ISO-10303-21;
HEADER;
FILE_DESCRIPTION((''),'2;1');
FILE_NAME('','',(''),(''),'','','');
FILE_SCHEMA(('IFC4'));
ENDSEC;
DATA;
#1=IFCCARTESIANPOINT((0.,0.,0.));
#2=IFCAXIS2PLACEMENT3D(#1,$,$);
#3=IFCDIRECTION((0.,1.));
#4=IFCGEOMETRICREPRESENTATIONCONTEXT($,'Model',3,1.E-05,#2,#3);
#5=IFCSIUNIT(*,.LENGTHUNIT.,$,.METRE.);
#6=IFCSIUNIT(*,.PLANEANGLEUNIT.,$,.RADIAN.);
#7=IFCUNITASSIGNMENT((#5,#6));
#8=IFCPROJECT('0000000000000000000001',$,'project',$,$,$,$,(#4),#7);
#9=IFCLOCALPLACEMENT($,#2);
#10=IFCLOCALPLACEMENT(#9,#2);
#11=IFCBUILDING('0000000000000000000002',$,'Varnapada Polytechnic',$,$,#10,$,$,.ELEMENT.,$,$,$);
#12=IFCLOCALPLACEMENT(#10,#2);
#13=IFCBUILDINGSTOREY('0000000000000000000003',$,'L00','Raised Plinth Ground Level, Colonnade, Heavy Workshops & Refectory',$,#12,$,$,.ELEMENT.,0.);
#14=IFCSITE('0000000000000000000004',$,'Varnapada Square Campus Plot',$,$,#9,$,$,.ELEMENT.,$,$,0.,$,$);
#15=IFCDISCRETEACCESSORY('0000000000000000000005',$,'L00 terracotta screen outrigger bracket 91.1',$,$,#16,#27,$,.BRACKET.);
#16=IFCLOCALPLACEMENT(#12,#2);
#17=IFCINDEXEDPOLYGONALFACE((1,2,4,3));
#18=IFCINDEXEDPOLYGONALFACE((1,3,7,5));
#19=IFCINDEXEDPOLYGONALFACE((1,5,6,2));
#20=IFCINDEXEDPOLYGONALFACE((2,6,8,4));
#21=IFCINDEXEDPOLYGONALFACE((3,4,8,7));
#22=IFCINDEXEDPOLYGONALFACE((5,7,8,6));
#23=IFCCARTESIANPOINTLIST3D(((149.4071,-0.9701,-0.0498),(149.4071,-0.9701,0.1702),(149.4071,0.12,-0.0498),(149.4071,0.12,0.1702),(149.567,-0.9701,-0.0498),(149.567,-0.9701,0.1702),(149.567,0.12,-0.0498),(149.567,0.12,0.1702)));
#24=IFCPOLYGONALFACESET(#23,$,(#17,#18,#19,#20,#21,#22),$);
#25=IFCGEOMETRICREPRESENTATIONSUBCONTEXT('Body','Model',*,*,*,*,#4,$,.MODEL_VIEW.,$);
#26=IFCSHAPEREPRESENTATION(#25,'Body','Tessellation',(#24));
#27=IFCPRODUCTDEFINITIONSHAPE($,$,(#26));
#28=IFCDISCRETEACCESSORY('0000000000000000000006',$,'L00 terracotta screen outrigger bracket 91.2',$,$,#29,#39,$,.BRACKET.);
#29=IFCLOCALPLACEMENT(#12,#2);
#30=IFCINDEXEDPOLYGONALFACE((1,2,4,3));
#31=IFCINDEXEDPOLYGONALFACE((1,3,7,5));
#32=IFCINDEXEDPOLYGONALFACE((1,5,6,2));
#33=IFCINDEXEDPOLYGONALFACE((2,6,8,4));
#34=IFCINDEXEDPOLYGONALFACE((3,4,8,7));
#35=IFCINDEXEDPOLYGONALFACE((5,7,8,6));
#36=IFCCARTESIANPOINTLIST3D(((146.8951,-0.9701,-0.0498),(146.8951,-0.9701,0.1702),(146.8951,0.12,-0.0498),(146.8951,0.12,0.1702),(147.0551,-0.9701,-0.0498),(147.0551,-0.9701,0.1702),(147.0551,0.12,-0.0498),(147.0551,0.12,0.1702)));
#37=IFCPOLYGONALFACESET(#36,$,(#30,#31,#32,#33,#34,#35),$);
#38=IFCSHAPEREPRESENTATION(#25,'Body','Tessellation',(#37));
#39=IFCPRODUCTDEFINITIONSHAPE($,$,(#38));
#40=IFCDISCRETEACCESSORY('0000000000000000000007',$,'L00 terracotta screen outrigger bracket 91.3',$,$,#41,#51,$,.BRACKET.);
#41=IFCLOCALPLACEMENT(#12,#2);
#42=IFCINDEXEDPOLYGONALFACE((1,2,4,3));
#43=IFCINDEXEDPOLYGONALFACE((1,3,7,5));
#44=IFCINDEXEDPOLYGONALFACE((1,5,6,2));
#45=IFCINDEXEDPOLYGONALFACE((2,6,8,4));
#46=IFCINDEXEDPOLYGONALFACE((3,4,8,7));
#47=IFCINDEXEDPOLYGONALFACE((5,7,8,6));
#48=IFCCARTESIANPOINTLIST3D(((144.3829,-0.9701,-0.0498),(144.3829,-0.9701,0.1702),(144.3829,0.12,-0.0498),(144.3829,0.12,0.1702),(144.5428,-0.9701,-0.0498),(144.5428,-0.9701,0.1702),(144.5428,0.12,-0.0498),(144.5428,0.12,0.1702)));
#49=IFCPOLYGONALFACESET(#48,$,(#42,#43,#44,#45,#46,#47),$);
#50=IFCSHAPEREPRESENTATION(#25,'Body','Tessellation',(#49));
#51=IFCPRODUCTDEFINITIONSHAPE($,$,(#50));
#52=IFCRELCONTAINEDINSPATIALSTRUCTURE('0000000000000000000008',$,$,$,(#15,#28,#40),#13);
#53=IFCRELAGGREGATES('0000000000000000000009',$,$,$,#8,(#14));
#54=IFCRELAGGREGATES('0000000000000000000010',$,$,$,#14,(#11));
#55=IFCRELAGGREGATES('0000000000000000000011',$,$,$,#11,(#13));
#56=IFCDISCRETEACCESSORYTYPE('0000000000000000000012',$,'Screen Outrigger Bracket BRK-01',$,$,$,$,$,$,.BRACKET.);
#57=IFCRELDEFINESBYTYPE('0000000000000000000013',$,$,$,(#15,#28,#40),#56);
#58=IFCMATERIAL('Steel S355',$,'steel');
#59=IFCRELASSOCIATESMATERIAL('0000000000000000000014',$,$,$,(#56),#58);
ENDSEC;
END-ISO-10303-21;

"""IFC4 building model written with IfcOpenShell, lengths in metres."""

from ifc_helpers import new_model, si_unit, direction, frame, origin, origin_2d, place, context, subcontext, project, spatial, rectangle, extrude, material, type_object, element, save


model = new_model("IFC4")

# Units and contexts
model_context = context("Model", 3, precision=1e-05, world=origin(), true_north=direction((0.0, 1.0)))
body_context = subcontext(model_context, "Body", "Model", "MODEL_VIEW")
ifc_project = project(units=[si_unit("LENGTHUNIT", "METRE"), si_unit("PLANEANGLEUNIT", "RADIAN")], contexts=[model_context])

# Site, building, storey
site_placement = place(None, origin())
site = spatial("IfcSite", under=ifc_project, at=site_placement, Name="Varnapada Square Campus Plot", CompositionType="ELEMENT", RefElevation=0.0)
building_placement = place(site_placement, origin())
building = spatial("IfcBuilding", under=site, at=building_placement, Name="Varnapada Polytechnic", CompositionType="ELEMENT")
storey_placement = place(building_placement, origin())
storey = spatial("IfcBuildingStorey", under=building, at=storey_placement, Name="L00", Description="Raised Plinth Ground Level, Colonnade, Heavy Workshops & Refectory", CompositionType="ELEMENT", Elevation=0.0)

# Discrete accessories
ifc_material_1 = material(Name="Steel S355", Category="steel")
discrete_accessory_type = type_object("IfcDiscreteAccessoryType", Name="Screen Outrigger Bracket BRK-01", PredefinedType="BRACKET", material=ifc_material_1)
for number, where, z_axis, x_axis, name in (
    (1, (149.4871, -0.425, -0.0498), (0.0, 0.0, 1.0), (-1.0, 0.0, 0.0), "L00 terracotta screen outrigger bracket 91.1"),
    (2, (146.9751, -0.425, -0.0498), (0.0, 0.0, 1.0), (-1.0, 0.0, 0.0), "L00 terracotta screen outrigger bracket 91.2"),
    (3, (144.4629, -0.425, -0.0498), (0.0, 0.0, 1.0), (-1.0, 0.0, 0.0), "L00 terracotta screen outrigger bracket 91.3"),
):
    element("IfcDiscreteAccessory", number, at=place(storey_placement, frame(where, z_axis=z_axis, x_axis=x_axis)), inside=storey, type_object=discrete_accessory_type, Name=name, PredefinedType="BRACKET", context=body_context, shape_type="SweptSolid", body=[
        extrude(rectangle(XDim=0.1599, YDim=1.0901, at=origin_2d()), origin(), (0.0, 0.0, 1.0), 0.22),
    ])

save(model, "model.ifc")
